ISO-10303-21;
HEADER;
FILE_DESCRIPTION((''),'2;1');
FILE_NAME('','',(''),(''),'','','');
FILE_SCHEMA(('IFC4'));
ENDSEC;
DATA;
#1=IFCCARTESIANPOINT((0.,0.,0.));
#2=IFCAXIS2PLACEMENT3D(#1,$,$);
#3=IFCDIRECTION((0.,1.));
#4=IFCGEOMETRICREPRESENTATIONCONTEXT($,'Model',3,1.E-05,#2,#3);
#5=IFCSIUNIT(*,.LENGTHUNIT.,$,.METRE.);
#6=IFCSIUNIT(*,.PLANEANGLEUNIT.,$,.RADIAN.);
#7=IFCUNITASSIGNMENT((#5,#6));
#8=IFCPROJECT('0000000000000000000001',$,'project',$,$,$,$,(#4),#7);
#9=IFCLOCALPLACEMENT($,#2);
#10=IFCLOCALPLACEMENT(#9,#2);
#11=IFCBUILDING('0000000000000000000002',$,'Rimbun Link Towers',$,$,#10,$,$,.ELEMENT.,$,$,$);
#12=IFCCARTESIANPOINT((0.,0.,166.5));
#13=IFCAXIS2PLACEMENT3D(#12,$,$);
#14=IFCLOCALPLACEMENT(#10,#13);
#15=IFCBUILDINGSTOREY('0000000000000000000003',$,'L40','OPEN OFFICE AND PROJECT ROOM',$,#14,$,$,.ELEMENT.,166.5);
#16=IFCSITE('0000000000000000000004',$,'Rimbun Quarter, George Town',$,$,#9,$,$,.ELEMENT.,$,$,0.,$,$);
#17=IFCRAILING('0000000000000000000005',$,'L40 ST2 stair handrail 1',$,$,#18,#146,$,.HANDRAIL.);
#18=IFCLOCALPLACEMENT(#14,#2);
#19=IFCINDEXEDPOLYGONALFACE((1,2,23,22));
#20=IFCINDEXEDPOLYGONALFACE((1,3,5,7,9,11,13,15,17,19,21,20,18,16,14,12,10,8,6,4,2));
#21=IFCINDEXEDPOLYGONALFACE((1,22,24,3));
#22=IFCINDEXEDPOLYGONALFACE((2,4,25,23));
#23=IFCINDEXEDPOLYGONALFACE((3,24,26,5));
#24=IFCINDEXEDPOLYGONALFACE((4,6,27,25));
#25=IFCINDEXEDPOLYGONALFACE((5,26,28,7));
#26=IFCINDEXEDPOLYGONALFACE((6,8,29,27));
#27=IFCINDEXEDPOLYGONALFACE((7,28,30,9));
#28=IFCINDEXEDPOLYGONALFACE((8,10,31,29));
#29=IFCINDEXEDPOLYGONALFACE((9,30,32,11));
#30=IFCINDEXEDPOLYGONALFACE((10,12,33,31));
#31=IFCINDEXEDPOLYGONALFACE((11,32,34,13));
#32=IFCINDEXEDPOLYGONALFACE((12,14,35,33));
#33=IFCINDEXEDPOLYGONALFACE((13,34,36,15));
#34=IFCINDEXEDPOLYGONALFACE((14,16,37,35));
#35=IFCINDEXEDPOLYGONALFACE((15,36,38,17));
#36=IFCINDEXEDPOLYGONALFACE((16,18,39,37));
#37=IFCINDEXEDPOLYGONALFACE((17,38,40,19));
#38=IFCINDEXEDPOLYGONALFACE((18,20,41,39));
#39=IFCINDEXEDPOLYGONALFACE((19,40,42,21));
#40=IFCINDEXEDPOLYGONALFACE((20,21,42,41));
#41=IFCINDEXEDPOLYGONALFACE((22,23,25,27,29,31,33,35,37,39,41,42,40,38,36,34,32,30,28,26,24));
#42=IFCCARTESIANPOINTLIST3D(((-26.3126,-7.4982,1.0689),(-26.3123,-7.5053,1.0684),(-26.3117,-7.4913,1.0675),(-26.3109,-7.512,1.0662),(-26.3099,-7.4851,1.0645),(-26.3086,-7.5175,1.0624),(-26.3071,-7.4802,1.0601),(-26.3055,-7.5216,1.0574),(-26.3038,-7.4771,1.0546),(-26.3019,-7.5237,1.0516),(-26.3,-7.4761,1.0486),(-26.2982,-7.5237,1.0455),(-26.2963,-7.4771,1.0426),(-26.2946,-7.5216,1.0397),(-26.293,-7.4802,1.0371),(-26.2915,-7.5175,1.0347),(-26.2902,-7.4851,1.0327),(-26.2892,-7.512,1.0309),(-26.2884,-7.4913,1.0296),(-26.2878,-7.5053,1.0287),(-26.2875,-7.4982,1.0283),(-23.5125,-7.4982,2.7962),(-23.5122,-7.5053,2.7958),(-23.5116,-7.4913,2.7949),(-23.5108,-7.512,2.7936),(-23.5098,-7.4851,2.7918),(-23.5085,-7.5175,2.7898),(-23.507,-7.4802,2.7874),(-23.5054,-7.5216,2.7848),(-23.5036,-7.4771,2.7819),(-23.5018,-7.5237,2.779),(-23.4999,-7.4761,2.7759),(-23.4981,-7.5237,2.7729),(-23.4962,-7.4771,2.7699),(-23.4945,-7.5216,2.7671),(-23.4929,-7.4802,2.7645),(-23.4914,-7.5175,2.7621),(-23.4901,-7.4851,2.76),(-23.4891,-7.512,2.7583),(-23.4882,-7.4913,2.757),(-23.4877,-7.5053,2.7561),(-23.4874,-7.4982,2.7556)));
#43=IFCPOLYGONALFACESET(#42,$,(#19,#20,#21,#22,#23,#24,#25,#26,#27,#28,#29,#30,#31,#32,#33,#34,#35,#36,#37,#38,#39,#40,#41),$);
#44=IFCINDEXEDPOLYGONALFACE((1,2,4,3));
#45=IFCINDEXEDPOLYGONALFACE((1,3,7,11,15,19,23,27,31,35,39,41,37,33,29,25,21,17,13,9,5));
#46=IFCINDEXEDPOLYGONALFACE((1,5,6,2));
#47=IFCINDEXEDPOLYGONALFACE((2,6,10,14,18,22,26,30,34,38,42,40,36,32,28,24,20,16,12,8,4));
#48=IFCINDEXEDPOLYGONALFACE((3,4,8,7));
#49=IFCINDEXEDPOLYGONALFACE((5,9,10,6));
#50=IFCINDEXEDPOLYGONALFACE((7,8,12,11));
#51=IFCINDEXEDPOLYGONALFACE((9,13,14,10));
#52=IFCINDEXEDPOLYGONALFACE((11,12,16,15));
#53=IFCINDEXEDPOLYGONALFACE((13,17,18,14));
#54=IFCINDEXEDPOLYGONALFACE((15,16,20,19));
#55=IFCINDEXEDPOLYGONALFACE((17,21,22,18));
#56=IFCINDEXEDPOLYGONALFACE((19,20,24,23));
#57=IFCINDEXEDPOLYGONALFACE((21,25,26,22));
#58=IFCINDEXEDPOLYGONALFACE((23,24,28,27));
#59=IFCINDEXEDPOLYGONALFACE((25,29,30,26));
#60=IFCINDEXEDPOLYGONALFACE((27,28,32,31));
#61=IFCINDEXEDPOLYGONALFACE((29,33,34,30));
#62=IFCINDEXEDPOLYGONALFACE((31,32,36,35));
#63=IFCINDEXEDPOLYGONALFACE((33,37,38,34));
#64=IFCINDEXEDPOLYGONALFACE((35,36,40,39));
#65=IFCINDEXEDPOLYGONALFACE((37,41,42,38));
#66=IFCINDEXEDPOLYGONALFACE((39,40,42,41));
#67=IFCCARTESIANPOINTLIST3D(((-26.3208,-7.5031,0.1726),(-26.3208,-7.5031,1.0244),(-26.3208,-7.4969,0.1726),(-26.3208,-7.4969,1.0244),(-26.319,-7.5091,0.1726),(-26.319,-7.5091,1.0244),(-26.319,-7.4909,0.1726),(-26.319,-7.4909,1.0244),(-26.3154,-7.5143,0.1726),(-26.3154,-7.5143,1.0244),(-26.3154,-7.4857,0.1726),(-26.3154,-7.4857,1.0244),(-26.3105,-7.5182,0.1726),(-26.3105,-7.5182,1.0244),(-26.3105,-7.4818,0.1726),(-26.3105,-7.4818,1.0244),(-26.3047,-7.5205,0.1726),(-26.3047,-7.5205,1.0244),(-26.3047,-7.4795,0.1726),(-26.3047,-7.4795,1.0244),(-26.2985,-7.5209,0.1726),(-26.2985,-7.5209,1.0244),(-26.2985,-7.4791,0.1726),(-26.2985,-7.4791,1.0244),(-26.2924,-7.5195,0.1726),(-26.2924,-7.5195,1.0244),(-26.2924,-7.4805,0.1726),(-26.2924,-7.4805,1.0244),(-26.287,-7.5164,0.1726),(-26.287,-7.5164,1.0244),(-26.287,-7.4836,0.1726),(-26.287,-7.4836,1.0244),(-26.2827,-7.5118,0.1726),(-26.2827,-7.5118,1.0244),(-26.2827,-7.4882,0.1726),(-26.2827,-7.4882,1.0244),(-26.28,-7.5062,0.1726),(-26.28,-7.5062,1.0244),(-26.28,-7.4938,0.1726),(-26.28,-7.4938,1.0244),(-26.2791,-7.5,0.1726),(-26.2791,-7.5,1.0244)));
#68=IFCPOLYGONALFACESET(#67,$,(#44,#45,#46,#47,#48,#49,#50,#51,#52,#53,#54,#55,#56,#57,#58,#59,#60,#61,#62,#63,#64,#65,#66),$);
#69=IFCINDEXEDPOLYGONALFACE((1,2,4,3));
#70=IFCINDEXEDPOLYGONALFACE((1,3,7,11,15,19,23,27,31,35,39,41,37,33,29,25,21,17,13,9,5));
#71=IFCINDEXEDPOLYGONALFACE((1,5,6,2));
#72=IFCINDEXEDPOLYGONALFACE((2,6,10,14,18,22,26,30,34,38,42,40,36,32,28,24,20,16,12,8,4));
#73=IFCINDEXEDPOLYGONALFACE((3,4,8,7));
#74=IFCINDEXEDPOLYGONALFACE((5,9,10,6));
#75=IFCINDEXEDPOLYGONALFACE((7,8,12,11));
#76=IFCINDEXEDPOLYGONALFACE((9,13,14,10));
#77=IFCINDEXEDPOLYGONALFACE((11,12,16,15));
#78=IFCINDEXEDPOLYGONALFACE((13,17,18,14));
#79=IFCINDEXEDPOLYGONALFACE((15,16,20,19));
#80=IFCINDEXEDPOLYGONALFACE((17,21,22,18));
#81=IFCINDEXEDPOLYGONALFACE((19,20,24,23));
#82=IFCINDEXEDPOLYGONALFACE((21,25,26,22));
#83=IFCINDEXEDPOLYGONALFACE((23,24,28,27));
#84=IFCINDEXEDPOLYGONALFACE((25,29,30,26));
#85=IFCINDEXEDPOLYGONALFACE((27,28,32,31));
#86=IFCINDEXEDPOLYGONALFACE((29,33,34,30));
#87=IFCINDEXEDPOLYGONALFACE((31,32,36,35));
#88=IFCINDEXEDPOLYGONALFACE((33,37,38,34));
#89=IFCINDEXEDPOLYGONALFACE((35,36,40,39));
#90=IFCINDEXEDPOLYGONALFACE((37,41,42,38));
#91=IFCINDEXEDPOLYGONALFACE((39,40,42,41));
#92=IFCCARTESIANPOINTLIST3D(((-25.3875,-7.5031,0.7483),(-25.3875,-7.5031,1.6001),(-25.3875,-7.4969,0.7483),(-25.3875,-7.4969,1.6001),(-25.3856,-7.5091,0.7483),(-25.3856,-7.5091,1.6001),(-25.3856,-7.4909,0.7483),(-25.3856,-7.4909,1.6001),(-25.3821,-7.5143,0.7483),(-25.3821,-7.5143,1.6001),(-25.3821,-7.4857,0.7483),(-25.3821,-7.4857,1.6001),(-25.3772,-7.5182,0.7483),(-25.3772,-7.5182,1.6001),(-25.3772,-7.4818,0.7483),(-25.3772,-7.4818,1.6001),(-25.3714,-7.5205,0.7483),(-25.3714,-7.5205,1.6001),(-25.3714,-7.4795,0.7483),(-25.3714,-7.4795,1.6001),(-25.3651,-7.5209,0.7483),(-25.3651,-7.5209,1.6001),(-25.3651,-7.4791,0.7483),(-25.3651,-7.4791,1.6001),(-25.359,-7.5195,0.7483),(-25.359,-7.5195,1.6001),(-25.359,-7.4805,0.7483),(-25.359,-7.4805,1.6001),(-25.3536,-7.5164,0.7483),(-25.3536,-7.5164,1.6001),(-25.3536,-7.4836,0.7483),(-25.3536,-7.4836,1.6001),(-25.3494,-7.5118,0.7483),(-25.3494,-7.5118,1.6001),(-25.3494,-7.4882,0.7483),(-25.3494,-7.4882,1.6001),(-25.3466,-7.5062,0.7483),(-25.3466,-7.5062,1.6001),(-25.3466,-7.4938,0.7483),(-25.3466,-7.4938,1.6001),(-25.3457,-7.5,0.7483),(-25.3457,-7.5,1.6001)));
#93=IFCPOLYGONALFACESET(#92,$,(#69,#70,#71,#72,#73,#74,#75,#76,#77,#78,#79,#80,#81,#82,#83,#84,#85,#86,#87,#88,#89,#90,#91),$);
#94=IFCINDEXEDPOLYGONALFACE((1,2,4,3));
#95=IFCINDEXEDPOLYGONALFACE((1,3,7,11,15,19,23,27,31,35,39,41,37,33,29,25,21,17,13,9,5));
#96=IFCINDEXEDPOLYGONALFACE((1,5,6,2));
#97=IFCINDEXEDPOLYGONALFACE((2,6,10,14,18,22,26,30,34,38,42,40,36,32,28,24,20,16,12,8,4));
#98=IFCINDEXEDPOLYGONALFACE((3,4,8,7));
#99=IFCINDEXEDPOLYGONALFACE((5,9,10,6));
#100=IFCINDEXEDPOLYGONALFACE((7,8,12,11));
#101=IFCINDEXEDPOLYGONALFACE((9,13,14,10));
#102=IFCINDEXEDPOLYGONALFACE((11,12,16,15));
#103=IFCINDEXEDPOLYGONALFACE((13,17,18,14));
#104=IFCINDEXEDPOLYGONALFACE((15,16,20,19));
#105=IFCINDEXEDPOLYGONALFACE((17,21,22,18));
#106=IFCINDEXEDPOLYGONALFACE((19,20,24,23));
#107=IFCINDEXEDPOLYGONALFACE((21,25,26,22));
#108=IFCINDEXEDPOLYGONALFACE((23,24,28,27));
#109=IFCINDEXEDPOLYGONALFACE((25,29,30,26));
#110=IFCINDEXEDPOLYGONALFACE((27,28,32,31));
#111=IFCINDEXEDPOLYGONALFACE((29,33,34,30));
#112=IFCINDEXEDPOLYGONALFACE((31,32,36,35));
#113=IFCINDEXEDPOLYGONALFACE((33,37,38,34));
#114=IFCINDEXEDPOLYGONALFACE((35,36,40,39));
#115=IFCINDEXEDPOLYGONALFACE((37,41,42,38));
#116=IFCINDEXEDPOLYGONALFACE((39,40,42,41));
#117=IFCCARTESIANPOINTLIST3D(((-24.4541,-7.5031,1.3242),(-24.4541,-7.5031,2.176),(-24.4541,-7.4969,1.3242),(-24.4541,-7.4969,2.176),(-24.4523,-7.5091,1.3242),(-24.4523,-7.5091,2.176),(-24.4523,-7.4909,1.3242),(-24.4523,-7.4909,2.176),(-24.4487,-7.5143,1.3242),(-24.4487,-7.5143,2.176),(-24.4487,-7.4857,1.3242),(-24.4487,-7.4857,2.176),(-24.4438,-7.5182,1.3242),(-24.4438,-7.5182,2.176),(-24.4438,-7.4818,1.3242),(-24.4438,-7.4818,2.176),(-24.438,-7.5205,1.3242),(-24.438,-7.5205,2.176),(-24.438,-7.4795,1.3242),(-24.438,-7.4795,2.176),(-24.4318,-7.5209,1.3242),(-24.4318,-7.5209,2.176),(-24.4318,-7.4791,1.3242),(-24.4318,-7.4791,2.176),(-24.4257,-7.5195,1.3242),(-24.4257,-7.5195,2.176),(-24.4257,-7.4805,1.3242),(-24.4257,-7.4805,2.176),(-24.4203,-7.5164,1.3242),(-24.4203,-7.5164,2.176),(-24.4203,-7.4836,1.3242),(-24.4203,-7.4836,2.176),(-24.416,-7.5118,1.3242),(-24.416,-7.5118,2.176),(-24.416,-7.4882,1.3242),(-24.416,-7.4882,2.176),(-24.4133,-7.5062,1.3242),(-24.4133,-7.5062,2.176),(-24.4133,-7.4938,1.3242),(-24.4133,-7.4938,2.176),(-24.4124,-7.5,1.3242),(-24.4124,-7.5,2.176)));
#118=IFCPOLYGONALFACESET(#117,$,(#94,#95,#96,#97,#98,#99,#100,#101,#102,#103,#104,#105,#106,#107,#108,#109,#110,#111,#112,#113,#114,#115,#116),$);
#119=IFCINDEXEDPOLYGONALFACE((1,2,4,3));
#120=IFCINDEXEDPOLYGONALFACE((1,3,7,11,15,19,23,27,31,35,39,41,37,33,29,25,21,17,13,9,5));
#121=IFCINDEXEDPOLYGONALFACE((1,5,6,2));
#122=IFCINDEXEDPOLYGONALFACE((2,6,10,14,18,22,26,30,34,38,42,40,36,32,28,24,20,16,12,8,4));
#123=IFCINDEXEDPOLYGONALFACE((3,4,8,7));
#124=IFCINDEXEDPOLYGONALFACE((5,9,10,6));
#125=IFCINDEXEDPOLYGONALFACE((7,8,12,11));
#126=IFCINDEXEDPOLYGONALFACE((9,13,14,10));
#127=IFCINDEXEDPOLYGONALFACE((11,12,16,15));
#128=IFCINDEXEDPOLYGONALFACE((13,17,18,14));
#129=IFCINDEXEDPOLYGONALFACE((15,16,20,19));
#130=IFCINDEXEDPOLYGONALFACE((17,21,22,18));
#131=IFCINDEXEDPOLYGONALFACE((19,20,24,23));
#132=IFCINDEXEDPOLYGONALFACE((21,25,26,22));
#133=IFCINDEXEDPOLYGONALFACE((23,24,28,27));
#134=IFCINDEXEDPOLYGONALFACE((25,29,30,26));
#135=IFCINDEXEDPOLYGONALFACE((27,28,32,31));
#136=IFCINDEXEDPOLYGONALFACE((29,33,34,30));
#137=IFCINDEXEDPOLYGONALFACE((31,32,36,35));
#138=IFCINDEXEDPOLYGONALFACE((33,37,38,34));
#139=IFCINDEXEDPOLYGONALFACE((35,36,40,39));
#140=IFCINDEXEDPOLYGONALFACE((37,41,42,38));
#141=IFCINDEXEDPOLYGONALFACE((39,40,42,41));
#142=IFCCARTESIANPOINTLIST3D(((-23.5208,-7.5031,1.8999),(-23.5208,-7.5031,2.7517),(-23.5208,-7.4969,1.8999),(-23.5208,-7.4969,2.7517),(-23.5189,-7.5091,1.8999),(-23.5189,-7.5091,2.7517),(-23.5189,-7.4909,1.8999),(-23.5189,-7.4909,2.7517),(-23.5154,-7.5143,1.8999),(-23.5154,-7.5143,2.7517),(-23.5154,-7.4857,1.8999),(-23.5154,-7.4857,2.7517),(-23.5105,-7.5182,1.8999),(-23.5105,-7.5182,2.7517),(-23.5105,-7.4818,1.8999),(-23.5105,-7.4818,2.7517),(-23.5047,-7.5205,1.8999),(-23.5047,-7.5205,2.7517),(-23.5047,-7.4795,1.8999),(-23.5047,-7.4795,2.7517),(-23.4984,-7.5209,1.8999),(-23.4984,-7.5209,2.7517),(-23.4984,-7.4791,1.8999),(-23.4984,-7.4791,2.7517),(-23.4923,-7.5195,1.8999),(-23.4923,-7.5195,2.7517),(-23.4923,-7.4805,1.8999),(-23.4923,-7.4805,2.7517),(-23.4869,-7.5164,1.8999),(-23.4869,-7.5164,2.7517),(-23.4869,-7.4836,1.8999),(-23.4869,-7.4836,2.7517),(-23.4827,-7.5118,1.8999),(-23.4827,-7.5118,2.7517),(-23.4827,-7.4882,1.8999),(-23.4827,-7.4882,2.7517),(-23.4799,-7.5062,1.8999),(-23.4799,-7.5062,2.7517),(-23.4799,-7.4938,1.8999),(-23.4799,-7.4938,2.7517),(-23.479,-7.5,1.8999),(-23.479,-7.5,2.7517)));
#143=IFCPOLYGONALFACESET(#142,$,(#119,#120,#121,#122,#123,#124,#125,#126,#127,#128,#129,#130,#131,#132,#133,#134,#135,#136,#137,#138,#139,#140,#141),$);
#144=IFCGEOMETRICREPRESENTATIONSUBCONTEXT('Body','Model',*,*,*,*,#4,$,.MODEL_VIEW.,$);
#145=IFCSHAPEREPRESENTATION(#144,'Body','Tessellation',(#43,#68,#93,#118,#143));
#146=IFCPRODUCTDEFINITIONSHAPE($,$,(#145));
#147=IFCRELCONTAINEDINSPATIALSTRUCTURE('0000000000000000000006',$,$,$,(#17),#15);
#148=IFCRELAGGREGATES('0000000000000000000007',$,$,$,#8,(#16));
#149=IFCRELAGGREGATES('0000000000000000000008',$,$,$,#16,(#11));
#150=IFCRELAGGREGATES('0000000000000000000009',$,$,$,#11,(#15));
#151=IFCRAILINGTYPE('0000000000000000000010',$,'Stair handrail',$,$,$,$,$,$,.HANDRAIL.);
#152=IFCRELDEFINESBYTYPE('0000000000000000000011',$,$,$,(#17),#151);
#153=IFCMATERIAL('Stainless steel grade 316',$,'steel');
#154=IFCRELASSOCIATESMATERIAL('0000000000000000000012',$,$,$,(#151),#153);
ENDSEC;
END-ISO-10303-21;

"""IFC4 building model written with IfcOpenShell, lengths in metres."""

from ifc_helpers import new_model, si_unit, direction, frame, origin, origin_2d, place, context, subcontext, project, spatial, circle, extrude, material, type_object, element, save


model = new_model("IFC4")

# Units and contexts
model_context = context("Model", 3, precision=1e-05, world=origin(), true_north=direction((0.0, 1.0)))
body_context = subcontext(model_context, "Body", "Model", "MODEL_VIEW")
ifc_project = project(units=[si_unit("LENGTHUNIT", "METRE"), si_unit("PLANEANGLEUNIT", "RADIAN")], contexts=[model_context])

# Site, building, storey
site_placement = place(None, origin())
site = spatial("IfcSite", under=ifc_project, at=site_placement, Name="Rimbun Quarter, George Town", CompositionType="ELEMENT", RefElevation=0.0)
building_placement = place(site_placement, origin())
building = spatial("IfcBuilding", under=site, at=building_placement, Name="Rimbun Link Towers", CompositionType="ELEMENT")
storey_placement = place(building_placement, frame((0.0, 0.0, 166.5)))
storey = spatial("IfcBuildingStorey", under=building, at=storey_placement, Name="L40", Description="OPEN OFFICE AND PROJECT ROOM", CompositionType="ELEMENT", Elevation=166.5)

# Railing
ifc_material_1 = material(Name="Stainless steel grade 316", Category="steel")
railing_type_1 = type_object("IfcRailingType", Name="Stair handrail", PredefinedType="HANDRAIL", material=ifc_material_1)
railing_1_placement = place(storey_placement, frame((-26.3, -7.5, 0.1726)))
element("IfcRailing", 1, at=railing_1_placement, inside=storey, type_object=railing_type_1, Name="L40 ST2 stair handrail 1", PredefinedType="HANDRAIL", context=body_context, shape_type="SweptSolid", body=[
    extrude(circle(Radius=0.0239, at=origin_2d()), frame((0.0, 0.0, 0.876), z_axis=(0.85109, 0.0, 0.52502), x_axis=(0.0, 1.0, 0.0)), (0.0, 0.0, 1.0), 3.29),
    extrude(circle(Radius=0.021, at=origin_2d()), origin(), (0.0, 0.0, 1.0), 0.8518),
    extrude(circle(Radius=0.021, at=origin_2d()), frame((0.9333, 0.0, 0.5757)), (0.0, 0.0, 1.0), 0.8518),
    extrude(circle(Radius=0.021, at=origin_2d()), frame((1.8667, 0.0, 1.1516)), (0.0, 0.0, 1.0), 0.8518),
    extrude(circle(Radius=0.021, at=origin_2d()), frame((2.8, 0.0, 1.7273)), (0.0, 0.0, 1.0), 0.8518),
])

save(model, "model.ifc")
